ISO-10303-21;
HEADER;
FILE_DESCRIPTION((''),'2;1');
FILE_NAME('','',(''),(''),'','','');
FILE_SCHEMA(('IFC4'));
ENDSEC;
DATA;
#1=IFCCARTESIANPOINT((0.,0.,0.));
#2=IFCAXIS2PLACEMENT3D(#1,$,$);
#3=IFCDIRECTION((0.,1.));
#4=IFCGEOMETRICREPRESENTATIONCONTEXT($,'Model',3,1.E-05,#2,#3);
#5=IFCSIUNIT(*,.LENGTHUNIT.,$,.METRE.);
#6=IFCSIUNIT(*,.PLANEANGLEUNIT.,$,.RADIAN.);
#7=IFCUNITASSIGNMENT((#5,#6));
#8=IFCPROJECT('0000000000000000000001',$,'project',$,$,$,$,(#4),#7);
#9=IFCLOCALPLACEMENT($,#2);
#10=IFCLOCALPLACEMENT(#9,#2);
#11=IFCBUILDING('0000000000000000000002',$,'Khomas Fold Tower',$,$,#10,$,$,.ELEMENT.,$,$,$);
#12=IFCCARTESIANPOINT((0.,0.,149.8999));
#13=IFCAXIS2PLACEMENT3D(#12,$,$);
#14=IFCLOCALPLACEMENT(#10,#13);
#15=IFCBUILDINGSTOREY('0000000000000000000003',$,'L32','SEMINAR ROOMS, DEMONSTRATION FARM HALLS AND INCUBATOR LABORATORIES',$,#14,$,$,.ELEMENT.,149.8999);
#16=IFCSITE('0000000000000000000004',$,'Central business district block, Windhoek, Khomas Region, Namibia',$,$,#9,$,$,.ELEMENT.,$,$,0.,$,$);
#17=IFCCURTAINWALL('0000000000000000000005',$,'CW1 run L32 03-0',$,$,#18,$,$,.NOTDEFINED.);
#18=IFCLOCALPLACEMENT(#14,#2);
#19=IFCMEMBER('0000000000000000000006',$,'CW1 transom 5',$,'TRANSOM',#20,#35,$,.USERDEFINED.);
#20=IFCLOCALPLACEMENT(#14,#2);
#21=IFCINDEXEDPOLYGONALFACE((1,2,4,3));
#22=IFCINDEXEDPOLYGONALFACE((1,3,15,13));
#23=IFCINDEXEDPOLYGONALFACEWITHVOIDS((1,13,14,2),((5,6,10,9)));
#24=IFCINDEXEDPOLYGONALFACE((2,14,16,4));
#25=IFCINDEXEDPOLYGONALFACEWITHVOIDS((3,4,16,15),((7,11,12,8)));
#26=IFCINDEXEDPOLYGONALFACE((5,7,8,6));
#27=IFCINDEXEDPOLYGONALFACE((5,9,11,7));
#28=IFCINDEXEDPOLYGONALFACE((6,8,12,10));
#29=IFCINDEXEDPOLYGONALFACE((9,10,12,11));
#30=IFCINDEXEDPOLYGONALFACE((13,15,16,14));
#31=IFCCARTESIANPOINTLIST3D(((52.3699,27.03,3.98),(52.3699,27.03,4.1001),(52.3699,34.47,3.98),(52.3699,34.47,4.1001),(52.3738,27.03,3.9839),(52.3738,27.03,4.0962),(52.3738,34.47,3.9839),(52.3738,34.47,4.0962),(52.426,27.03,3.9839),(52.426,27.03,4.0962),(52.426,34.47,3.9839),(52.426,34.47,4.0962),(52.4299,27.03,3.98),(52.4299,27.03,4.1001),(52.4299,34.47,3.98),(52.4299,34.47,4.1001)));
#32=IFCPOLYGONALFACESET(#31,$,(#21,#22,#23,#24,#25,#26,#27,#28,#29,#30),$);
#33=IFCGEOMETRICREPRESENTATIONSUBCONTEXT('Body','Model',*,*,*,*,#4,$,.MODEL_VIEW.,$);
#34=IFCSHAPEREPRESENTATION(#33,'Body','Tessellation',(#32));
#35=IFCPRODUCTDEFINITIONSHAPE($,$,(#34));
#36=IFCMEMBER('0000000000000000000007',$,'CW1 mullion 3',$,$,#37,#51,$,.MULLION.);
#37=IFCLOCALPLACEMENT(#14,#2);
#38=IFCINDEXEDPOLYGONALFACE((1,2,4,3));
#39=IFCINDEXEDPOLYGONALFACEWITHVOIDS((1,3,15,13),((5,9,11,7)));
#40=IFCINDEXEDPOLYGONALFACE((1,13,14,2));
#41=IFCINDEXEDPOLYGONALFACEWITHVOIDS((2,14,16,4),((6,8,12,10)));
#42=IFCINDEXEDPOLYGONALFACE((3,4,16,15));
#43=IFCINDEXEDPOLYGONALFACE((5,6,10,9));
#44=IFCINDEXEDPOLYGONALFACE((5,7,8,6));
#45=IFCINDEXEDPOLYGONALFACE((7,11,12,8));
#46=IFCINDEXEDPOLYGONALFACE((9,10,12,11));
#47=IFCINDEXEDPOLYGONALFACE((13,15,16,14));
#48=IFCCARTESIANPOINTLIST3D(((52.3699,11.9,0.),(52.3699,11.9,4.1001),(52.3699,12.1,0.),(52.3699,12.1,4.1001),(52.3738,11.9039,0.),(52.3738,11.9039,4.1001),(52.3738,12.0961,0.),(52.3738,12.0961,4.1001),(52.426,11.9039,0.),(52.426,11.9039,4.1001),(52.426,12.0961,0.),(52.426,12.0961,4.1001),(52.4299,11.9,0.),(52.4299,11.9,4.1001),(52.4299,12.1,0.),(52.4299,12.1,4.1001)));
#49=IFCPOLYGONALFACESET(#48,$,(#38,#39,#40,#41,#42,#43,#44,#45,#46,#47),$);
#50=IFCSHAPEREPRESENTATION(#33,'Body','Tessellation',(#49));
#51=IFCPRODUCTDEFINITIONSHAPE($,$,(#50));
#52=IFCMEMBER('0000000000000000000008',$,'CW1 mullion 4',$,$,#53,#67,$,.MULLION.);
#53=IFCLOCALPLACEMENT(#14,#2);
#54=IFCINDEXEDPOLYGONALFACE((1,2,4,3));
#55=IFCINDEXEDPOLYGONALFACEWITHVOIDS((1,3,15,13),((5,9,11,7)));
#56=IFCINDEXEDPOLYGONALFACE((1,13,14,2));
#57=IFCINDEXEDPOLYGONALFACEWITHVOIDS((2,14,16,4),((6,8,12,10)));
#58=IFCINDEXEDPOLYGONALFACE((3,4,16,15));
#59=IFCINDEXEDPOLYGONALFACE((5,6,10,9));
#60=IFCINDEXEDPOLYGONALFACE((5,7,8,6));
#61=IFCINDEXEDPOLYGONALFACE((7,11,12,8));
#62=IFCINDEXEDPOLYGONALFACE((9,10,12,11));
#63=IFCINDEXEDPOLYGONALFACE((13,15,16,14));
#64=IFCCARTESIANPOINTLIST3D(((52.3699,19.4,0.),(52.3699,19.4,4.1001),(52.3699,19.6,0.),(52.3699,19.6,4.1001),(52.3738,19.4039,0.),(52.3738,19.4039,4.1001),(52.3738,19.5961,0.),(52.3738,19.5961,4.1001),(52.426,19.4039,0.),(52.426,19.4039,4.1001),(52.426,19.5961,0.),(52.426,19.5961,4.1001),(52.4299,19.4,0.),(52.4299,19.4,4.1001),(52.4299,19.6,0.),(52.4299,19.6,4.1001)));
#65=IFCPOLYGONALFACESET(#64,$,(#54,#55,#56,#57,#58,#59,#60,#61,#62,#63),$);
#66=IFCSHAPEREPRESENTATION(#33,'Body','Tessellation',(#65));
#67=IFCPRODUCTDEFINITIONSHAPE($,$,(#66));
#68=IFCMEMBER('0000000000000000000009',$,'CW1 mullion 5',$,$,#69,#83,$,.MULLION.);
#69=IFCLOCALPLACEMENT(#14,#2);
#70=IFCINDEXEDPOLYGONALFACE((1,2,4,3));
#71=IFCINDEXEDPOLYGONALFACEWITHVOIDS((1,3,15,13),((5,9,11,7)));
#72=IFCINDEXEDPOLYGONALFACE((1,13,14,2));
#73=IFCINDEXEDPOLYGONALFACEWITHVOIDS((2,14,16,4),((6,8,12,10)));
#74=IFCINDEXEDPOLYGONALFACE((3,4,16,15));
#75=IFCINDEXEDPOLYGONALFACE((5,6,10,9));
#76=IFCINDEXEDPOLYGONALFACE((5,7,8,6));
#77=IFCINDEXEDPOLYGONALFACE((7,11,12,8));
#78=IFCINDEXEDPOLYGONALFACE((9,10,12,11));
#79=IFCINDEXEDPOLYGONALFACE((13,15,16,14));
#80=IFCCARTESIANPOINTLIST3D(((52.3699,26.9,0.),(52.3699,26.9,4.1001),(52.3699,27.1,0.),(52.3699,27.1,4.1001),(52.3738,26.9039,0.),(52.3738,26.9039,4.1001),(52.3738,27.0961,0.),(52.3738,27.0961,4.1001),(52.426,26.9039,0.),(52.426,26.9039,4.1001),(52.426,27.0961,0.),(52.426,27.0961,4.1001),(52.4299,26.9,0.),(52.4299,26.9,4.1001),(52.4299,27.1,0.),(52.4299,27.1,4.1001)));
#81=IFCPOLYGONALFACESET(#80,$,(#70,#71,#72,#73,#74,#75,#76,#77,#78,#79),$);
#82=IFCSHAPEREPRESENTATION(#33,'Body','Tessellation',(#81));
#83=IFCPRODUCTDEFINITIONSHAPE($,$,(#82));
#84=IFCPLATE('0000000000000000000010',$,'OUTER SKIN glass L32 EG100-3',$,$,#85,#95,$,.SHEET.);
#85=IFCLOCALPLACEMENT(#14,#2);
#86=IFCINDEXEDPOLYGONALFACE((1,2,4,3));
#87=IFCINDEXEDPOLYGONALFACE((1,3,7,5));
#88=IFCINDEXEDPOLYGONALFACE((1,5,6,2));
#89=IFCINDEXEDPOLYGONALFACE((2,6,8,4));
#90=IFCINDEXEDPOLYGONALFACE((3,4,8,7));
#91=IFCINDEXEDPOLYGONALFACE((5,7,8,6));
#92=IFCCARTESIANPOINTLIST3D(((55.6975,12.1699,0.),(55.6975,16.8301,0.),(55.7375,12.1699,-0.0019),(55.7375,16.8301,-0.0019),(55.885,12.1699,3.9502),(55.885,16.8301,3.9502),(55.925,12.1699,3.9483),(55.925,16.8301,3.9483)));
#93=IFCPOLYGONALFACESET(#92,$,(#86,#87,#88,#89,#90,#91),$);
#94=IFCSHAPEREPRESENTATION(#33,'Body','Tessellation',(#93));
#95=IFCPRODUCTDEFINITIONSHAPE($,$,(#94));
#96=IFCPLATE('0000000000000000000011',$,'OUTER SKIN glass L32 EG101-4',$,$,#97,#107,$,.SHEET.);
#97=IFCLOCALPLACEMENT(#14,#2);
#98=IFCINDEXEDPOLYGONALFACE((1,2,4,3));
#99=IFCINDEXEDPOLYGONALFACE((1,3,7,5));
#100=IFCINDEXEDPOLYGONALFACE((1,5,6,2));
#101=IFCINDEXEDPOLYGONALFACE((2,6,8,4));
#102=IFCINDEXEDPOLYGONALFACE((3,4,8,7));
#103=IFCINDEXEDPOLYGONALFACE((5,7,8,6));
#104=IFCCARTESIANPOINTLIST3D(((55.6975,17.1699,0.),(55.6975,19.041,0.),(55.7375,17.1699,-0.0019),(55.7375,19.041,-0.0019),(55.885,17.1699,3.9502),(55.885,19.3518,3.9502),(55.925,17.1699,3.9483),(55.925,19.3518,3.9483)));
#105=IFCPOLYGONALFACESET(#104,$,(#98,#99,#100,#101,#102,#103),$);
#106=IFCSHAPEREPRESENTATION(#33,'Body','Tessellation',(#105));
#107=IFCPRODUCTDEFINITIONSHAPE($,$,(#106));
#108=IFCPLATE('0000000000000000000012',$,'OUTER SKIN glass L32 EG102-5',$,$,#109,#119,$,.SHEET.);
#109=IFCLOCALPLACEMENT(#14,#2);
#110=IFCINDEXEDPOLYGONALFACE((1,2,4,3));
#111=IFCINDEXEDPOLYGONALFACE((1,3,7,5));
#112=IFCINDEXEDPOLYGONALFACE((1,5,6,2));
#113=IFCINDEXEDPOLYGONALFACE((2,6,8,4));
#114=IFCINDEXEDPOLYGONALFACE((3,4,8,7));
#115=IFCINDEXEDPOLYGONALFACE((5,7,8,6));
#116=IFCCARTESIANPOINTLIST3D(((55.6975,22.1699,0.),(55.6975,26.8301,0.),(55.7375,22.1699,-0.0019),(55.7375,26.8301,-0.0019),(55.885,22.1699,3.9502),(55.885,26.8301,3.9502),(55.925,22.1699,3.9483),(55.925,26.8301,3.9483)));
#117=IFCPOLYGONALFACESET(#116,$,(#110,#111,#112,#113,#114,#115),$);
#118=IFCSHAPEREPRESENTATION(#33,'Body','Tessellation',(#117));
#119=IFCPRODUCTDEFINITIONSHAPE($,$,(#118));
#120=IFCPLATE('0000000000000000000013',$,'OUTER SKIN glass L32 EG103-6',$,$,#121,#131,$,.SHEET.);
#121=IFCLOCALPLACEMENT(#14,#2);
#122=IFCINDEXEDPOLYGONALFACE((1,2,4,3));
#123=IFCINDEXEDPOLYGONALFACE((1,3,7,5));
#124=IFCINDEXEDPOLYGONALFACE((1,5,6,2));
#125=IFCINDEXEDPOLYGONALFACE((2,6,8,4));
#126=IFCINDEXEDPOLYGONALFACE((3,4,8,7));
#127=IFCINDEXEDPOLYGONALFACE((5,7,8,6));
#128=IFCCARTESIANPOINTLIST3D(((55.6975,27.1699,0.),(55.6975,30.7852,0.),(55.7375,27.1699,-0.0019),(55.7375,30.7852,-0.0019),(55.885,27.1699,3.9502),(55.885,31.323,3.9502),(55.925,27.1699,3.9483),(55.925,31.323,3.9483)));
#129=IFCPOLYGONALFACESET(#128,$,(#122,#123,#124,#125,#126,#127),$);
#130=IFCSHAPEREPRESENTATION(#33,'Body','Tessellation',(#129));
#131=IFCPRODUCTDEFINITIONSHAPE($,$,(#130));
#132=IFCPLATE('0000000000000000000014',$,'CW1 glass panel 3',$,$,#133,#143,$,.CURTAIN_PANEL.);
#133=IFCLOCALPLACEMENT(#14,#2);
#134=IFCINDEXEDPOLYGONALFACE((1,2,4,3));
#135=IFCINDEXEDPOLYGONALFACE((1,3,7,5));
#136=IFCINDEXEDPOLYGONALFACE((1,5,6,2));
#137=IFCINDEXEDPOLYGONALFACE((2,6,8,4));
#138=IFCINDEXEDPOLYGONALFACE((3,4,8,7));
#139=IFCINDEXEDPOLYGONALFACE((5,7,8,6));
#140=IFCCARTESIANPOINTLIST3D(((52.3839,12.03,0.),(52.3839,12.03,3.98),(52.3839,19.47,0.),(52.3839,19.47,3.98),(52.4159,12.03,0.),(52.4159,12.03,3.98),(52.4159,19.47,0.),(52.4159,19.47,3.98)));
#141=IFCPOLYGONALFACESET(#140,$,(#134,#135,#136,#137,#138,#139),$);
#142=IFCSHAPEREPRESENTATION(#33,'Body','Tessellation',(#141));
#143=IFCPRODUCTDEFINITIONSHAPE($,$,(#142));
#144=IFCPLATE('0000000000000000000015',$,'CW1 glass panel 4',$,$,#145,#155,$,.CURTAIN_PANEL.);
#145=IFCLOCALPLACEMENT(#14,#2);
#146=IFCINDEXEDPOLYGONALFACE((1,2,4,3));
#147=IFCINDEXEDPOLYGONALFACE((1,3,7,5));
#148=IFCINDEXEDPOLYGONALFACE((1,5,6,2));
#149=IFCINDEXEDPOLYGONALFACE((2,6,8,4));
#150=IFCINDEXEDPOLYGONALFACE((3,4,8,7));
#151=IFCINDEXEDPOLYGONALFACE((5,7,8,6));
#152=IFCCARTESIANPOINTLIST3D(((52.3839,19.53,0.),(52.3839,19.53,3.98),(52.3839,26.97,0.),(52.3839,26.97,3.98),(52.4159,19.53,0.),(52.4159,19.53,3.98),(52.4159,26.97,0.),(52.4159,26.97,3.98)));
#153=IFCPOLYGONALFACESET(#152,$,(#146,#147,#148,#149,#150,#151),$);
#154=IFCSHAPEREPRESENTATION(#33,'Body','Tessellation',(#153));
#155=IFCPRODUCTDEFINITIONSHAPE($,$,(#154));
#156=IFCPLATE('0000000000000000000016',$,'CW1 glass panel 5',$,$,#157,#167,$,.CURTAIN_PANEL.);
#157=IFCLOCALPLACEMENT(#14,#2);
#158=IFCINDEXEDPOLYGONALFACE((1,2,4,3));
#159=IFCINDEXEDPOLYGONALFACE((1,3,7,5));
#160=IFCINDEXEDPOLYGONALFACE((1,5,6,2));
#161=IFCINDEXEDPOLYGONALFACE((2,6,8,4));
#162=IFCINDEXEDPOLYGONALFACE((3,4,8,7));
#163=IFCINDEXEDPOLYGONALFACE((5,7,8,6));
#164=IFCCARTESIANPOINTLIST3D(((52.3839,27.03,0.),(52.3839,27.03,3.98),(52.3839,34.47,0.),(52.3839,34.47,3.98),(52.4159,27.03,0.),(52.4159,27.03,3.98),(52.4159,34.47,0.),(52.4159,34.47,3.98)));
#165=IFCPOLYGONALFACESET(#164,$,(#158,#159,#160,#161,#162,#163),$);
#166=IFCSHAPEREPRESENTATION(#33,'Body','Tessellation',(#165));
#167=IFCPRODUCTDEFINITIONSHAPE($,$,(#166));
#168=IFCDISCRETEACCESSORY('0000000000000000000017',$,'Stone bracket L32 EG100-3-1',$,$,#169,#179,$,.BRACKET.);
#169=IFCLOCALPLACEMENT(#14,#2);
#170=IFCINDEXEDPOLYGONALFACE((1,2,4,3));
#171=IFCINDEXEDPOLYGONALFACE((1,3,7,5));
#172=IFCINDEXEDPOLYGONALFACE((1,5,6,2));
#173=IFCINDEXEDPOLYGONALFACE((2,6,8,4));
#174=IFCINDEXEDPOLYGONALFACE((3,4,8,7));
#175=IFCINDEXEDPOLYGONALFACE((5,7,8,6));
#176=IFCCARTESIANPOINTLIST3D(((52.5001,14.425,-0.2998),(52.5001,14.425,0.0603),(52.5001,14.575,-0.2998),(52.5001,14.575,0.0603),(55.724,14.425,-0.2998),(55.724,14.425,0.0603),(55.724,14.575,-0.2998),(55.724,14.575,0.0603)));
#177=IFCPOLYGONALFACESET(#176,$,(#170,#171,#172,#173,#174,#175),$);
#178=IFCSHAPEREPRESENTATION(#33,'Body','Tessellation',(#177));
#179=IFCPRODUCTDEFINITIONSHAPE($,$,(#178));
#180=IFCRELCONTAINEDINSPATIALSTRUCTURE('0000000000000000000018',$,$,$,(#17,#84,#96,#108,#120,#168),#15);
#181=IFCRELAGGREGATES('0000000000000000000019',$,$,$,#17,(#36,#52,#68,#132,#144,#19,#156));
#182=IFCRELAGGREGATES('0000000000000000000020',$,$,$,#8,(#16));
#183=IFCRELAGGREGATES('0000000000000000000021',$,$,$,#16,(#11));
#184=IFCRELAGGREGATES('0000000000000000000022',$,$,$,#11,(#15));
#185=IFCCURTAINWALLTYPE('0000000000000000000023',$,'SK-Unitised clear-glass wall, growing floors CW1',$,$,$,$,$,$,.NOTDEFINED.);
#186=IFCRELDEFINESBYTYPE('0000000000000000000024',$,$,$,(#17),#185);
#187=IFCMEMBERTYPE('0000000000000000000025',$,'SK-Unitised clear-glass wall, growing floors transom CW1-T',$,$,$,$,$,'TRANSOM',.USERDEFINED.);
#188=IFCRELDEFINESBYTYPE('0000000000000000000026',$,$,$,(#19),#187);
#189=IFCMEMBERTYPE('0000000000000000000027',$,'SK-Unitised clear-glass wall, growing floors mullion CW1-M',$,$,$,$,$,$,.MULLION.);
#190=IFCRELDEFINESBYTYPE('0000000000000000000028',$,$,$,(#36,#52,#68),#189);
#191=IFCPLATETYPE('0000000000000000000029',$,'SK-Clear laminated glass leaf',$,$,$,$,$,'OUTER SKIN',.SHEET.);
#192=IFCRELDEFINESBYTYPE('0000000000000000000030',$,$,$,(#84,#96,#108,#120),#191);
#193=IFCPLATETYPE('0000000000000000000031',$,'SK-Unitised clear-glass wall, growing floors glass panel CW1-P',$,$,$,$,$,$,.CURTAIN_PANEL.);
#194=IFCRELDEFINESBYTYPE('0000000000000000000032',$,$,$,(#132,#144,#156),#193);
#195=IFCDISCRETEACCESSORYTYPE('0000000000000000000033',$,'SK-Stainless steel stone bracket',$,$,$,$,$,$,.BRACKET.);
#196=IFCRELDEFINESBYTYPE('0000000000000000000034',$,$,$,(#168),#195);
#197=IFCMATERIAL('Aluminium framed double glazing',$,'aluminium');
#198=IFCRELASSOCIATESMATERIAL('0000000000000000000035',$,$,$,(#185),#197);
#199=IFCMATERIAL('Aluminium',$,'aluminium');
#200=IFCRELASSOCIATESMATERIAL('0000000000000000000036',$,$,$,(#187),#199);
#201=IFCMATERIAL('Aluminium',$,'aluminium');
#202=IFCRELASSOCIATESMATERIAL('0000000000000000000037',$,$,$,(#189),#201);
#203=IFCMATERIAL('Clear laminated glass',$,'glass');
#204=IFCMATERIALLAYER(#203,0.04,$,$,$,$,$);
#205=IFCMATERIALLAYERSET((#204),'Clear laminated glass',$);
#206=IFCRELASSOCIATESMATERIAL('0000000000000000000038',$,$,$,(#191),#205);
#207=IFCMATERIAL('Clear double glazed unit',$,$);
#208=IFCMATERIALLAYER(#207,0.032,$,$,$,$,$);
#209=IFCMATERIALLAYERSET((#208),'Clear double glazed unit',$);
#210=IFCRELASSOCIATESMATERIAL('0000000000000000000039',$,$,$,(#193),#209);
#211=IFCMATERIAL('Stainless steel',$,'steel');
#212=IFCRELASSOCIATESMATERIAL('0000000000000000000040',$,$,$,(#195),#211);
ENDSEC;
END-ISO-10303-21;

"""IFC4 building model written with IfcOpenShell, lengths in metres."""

from ifc_helpers import new_model, si_unit, direction, frame, origin, origin_2d, place, context, subcontext, project, spatial, polyline, rectangle, hollow_rectangle, outline, extrude, source, transform, mapped, material, layer, layer_set, material_profile, profile_set, type_object, element, aggregate, save


model = new_model("IFC4")

# Units and contexts
model_context = context("Model", 3, precision=1e-05, world=origin(), true_north=direction((0.0, 1.0)))
body_context = subcontext(model_context, "Body", "Model", "MODEL_VIEW")
ifc_project = project(units=[si_unit("LENGTHUNIT", "METRE"), si_unit("PLANEANGLEUNIT", "RADIAN")], contexts=[model_context])

# Site, building, storey
site_placement = place(None, origin())
site = spatial("IfcSite", under=ifc_project, at=site_placement, Name="Central business district block, Windhoek, Khomas Region, Namibia", CompositionType="ELEMENT", RefElevation=0.0)
building_placement = place(site_placement, origin())
building = spatial("IfcBuilding", under=site, at=building_placement, Name="Khomas Fold Tower", CompositionType="ELEMENT")
storey_placement = place(building_placement, frame((0.0, 0.0, 149.8999)))
storey = spatial("IfcBuildingStorey", under=building, at=storey_placement, Name="L32", Description="SEMINAR ROOMS, DEMONSTRATION FARM HALLS AND INCUBATOR LABORATORIES", CompositionType="ELEMENT", Elevation=149.8999)

# Curtain wall, members
ifc_material_1 = material(Name="Aluminium framed double glazing", Category="aluminium")
curtain_wall_type = type_object("IfcCurtainWallType", Name="SK-Unitised clear-glass wall, growing floors CW1", PredefinedType="NOTDEFINED", material=ifc_material_1)
curtain_wall_placement = place(storey_placement, origin())
curtain_wall = element("IfcCurtainWall", 1, at=curtain_wall_placement, inside=storey, type_object=curtain_wall_type, Name="CW1 run L32 03-0", PredefinedType="NOTDEFINED")
ifc_material_2 = material(Name="Aluminium", Category="aluminium")
ifc_material_profile_1 = material_profile(ifc_material_2, hollow_rectangle(XDim=0.0601, YDim=0.1201, WallThickness=0.0039, at=origin_2d()), Name="SK-Unitised clear-glass wall, growing floors transom CW1-T")
ifc_profile_set_1 = profile_set([ifc_material_profile_1], Name="Aluminium")
member_type_1 = type_object("IfcMemberType", Name="SK-Unitised clear-glass wall, growing floors transom CW1-T", ElementType="TRANSOM", PredefinedType="USERDEFINED", material=ifc_profile_set_1)
shared_shape_1 = source(origin(), body_context, "Body", "SweptSolid", [
    extrude(hollow_rectangle(XDim=0.0601, YDim=0.1201, WallThickness=0.0039, at=origin_2d()), origin(), (0.0, 0.0, 1.0), 7.4399),
])
member_1_placement = place(storey_placement, frame((52.3999, 27.03, 4.04), z_axis=(0.0, 1.0, 0.0), x_axis=(-1.0, 0.0, 0.0)))
member_1 = element("IfcMember", 2, at=member_1_placement, type_object=member_type_1, Name="CW1 transom 5", ObjectType="TRANSOM", PredefinedType="USERDEFINED", context=body_context, shape_type="MappedRepresentation", body=[
    mapped(shared_shape_1, transform((0.0, 0.0, 0.0))),
])
ifc_material_3 = material(Name="Aluminium", Category="aluminium")
ifc_material_profile_2 = material_profile(ifc_material_3, hollow_rectangle(XDim=0.0601, YDim=0.2, WallThickness=0.0039, at=origin_2d()), Name="SK-Unitised clear-glass wall, growing floors mullion CW1-M")
ifc_profile_set_2 = profile_set([ifc_material_profile_2], Name="Aluminium")
member_type_2 = type_object("IfcMemberType", Name="SK-Unitised clear-glass wall, growing floors mullion CW1-M", PredefinedType="MULLION", material=ifc_profile_set_2)
shared_shape_2 = source(origin(), body_context, "Body", "SweptSolid", [
    extrude(hollow_rectangle(XDim=0.0601, YDim=0.2, WallThickness=0.0039, at=origin_2d()), origin(), (0.0, 0.0, 1.0), 4.1001),
])
member_2_placement = place(storey_placement, frame((52.3999, 12.0, 0.0), z_axis=(0.0, 0.0, 1.0), x_axis=(-1.0, 0.0, 0.0)))
member_2 = element("IfcMember", 3, at=member_2_placement, type_object=member_type_2, Name="CW1 mullion 3", PredefinedType="MULLION", context=body_context, shape_type="MappedRepresentation", body=[
    mapped(shared_shape_2, transform((0.0, 0.0, 0.0))),
])
member_3_placement = place(storey_placement, frame((52.3999, 19.5, 0.0), z_axis=(0.0, 0.0, 1.0), x_axis=(-1.0, 0.0, 0.0)))
member_3 = element("IfcMember", 4, at=member_3_placement, type_object=member_type_2, Name="CW1 mullion 4", PredefinedType="MULLION", context=body_context, shape_type="MappedRepresentation", body=[
    mapped(shared_shape_2, transform((0.0, 0.0, 0.0))),
])
member_4_placement = place(storey_placement, frame((52.3999, 27.0, 0.0), z_axis=(0.0, 0.0, 1.0), x_axis=(-1.0, 0.0, 0.0)))
member_4 = element("IfcMember", 5, at=member_4_placement, type_object=member_type_2, Name="CW1 mullion 5", PredefinedType="MULLION", context=body_context, shape_type="MappedRepresentation", body=[
    mapped(shared_shape_2, transform((0.0, 0.0, 0.0))),
])

# Plates
ifc_material_4 = material(Name="Clear laminated glass", Category="glass")
ifc_layer_1 = layer(ifc_material_4, 0.04)
ifc_layer_set_1 = layer_set([ifc_layer_1], Name="Clear laminated glass")
plate_type_1 = type_object("IfcPlateType", Name="SK-Clear laminated glass leaf", ElementType="OUTER SKIN", PredefinedType="SHEET", material=ifc_layer_set_1)
plate_1_placement = place(storey_placement, frame((55.6975, 12.1699, 0.0), z_axis=(-0.998875, 0.0, 0.047413), x_axis=(0.047413, 0.0, 0.998875)))
element("IfcPlate", 6, at=plate_1_placement, inside=storey, type_object=plate_type_1, Name="OUTER SKIN glass L32 EG100-3", PredefinedType="SHEET", context=body_context, shape_type="SweptSolid", body=[
    extrude(outline(polyline([(0.0, 0.0), (3.9546, 0.0), (3.9546, 4.6602), (0.0, 4.6602), (0.0, 0.0)])), origin(), (0.0, 0.0, -1.0), 0.04),
])
plate_2_placement = place(storey_placement, frame((55.6975, 19.041, 0.0), z_axis=(-0.998875, 0.0, 0.047413), x_axis=(0.0, -1.0, 0.0)))
element("IfcPlate", 7, at=plate_2_placement, inside=storey, type_object=plate_type_1, Name="OUTER SKIN glass L32 EG101-4", PredefinedType="SHEET", context=body_context, shape_type="SweptSolid", body=[
    extrude(outline(polyline([(0.0, 0.0), (1.8711, 0.0), (1.8711, 3.9546), (-0.3108, 3.9546), (0.0, 0.0)])), origin(), (0.0, 0.0, -1.0), 0.04),
])
plate_3_placement = place(storey_placement, frame((55.6975, 22.1699, 0.0), z_axis=(-0.998875, 0.0, 0.047413), x_axis=(0.047413, 0.0, 0.998875)))
element("IfcPlate", 8, at=plate_3_placement, inside=storey, type_object=plate_type_1, Name="OUTER SKIN glass L32 EG102-5", PredefinedType="SHEET", context=body_context, shape_type="SweptSolid", body=[
    extrude(outline(polyline([(0.0, 0.0), (3.9546, 0.0), (3.9546, 4.6602), (0.0, 4.6602), (0.0, 0.0)])), origin(), (0.0, 0.0, -1.0), 0.04),
])
plate_4_placement = place(storey_placement, frame((55.6975, 30.7852, 0.0), z_axis=(-0.998875, 0.0, 0.047413), x_axis=(0.0, -1.0, 0.0)))
element("IfcPlate", 9, at=plate_4_placement, inside=storey, type_object=plate_type_1, Name="OUTER SKIN glass L32 EG103-6", PredefinedType="SHEET", context=body_context, shape_type="SweptSolid", body=[
    extrude(outline(polyline([(0.0, 0.0), (3.6152, 0.0), (3.6152, 3.9546), (-0.5378, 3.9546), (0.0, 0.0)])), origin(), (0.0, 0.0, -1.0), 0.04),
])

# Plates
ifc_material_5 = material(Name="Clear double glazed unit")
ifc_layer_2 = layer(ifc_material_5, 0.032)
ifc_layer_set_2 = layer_set([ifc_layer_2], Name="Clear double glazed unit")
plate_type_2 = type_object("IfcPlateType", Name="SK-Unitised clear-glass wall, growing floors glass panel CW1-P", PredefinedType="CURTAIN_PANEL", material=ifc_layer_set_2)
shared_shape_3 = source(origin(), body_context, "Body", "SweptSolid", [
    extrude(rectangle(XDim=7.4399, YDim=0.032, at=origin_2d()), origin(), (0.0, 0.0, 1.0), 3.98),
])
plate_5_placement = place(storey_placement, frame((52.3999, 15.75, 0.0), z_axis=(0.0, 0.0, 1.0), x_axis=(0.0, 1.0, 0.0)))
plate_5 = element("IfcPlate", 10, at=plate_5_placement, type_object=plate_type_2, Name="CW1 glass panel 3", PredefinedType="CURTAIN_PANEL", context=body_context, shape_type="MappedRepresentation", body=[
    mapped(shared_shape_3, transform((0.0, 0.0, 0.0))),
])
plate_6_placement = place(storey_placement, frame((52.3999, 23.25, 0.0), z_axis=(0.0, 0.0, 1.0), x_axis=(0.0, 1.0, 0.0)))
plate_6 = element("IfcPlate", 11, at=plate_6_placement, type_object=plate_type_2, Name="CW1 glass panel 4", PredefinedType="CURTAIN_PANEL", context=body_context, shape_type="MappedRepresentation", body=[
    mapped(shared_shape_3, transform((0.0, 0.0, 0.0))),
])
plate_7_placement = place(storey_placement, frame((52.3999, 30.75, 0.0), z_axis=(0.0, 0.0, 1.0), x_axis=(0.0, 1.0, 0.0)))
plate_7 = element("IfcPlate", 12, at=plate_7_placement, type_object=plate_type_2, Name="CW1 glass panel 5", PredefinedType="CURTAIN_PANEL", context=body_context, shape_type="MappedRepresentation", body=[
    mapped(shared_shape_3, transform((0.0, 0.0, 0.0))),
])
aggregate(curtain_wall, [member_2, member_3, member_4, plate_5, plate_6, member_1, plate_7])

# Discrete accessory
ifc_material_6 = material(Name="Stainless steel", Category="steel")
discrete_accessory_type = type_object("IfcDiscreteAccessoryType", Name="SK-Stainless steel stone bracket", PredefinedType="BRACKET", material=ifc_material_6)
shared_shape_4 = source(origin(), body_context, "Body", "SweptSolid", [
    extrude(rectangle(XDim=3.2239, YDim=0.1499, at=origin_2d()), origin(), (0.0, 0.0, 1.0), 0.3601),
])
for number, where, z_axis, x_axis, name in (
    (13, (54.1121, 14.5, -0.2998), (0.0, 0.0, 1.0), (1.0, 0.0, 0.0), "Stone bracket L32 EG100-3-1"),
):
    element("IfcDiscreteAccessory", number, at=place(storey_placement, frame(where, z_axis=z_axis, x_axis=x_axis)), inside=storey, type_object=discrete_accessory_type, Name=name, PredefinedType="BRACKET", context=body_context, shape_type="MappedRepresentation", body=[
        mapped(shared_shape_4, transform((0.0, 0.0, 0.0))),
    ])

save(model, "model.ifc")
